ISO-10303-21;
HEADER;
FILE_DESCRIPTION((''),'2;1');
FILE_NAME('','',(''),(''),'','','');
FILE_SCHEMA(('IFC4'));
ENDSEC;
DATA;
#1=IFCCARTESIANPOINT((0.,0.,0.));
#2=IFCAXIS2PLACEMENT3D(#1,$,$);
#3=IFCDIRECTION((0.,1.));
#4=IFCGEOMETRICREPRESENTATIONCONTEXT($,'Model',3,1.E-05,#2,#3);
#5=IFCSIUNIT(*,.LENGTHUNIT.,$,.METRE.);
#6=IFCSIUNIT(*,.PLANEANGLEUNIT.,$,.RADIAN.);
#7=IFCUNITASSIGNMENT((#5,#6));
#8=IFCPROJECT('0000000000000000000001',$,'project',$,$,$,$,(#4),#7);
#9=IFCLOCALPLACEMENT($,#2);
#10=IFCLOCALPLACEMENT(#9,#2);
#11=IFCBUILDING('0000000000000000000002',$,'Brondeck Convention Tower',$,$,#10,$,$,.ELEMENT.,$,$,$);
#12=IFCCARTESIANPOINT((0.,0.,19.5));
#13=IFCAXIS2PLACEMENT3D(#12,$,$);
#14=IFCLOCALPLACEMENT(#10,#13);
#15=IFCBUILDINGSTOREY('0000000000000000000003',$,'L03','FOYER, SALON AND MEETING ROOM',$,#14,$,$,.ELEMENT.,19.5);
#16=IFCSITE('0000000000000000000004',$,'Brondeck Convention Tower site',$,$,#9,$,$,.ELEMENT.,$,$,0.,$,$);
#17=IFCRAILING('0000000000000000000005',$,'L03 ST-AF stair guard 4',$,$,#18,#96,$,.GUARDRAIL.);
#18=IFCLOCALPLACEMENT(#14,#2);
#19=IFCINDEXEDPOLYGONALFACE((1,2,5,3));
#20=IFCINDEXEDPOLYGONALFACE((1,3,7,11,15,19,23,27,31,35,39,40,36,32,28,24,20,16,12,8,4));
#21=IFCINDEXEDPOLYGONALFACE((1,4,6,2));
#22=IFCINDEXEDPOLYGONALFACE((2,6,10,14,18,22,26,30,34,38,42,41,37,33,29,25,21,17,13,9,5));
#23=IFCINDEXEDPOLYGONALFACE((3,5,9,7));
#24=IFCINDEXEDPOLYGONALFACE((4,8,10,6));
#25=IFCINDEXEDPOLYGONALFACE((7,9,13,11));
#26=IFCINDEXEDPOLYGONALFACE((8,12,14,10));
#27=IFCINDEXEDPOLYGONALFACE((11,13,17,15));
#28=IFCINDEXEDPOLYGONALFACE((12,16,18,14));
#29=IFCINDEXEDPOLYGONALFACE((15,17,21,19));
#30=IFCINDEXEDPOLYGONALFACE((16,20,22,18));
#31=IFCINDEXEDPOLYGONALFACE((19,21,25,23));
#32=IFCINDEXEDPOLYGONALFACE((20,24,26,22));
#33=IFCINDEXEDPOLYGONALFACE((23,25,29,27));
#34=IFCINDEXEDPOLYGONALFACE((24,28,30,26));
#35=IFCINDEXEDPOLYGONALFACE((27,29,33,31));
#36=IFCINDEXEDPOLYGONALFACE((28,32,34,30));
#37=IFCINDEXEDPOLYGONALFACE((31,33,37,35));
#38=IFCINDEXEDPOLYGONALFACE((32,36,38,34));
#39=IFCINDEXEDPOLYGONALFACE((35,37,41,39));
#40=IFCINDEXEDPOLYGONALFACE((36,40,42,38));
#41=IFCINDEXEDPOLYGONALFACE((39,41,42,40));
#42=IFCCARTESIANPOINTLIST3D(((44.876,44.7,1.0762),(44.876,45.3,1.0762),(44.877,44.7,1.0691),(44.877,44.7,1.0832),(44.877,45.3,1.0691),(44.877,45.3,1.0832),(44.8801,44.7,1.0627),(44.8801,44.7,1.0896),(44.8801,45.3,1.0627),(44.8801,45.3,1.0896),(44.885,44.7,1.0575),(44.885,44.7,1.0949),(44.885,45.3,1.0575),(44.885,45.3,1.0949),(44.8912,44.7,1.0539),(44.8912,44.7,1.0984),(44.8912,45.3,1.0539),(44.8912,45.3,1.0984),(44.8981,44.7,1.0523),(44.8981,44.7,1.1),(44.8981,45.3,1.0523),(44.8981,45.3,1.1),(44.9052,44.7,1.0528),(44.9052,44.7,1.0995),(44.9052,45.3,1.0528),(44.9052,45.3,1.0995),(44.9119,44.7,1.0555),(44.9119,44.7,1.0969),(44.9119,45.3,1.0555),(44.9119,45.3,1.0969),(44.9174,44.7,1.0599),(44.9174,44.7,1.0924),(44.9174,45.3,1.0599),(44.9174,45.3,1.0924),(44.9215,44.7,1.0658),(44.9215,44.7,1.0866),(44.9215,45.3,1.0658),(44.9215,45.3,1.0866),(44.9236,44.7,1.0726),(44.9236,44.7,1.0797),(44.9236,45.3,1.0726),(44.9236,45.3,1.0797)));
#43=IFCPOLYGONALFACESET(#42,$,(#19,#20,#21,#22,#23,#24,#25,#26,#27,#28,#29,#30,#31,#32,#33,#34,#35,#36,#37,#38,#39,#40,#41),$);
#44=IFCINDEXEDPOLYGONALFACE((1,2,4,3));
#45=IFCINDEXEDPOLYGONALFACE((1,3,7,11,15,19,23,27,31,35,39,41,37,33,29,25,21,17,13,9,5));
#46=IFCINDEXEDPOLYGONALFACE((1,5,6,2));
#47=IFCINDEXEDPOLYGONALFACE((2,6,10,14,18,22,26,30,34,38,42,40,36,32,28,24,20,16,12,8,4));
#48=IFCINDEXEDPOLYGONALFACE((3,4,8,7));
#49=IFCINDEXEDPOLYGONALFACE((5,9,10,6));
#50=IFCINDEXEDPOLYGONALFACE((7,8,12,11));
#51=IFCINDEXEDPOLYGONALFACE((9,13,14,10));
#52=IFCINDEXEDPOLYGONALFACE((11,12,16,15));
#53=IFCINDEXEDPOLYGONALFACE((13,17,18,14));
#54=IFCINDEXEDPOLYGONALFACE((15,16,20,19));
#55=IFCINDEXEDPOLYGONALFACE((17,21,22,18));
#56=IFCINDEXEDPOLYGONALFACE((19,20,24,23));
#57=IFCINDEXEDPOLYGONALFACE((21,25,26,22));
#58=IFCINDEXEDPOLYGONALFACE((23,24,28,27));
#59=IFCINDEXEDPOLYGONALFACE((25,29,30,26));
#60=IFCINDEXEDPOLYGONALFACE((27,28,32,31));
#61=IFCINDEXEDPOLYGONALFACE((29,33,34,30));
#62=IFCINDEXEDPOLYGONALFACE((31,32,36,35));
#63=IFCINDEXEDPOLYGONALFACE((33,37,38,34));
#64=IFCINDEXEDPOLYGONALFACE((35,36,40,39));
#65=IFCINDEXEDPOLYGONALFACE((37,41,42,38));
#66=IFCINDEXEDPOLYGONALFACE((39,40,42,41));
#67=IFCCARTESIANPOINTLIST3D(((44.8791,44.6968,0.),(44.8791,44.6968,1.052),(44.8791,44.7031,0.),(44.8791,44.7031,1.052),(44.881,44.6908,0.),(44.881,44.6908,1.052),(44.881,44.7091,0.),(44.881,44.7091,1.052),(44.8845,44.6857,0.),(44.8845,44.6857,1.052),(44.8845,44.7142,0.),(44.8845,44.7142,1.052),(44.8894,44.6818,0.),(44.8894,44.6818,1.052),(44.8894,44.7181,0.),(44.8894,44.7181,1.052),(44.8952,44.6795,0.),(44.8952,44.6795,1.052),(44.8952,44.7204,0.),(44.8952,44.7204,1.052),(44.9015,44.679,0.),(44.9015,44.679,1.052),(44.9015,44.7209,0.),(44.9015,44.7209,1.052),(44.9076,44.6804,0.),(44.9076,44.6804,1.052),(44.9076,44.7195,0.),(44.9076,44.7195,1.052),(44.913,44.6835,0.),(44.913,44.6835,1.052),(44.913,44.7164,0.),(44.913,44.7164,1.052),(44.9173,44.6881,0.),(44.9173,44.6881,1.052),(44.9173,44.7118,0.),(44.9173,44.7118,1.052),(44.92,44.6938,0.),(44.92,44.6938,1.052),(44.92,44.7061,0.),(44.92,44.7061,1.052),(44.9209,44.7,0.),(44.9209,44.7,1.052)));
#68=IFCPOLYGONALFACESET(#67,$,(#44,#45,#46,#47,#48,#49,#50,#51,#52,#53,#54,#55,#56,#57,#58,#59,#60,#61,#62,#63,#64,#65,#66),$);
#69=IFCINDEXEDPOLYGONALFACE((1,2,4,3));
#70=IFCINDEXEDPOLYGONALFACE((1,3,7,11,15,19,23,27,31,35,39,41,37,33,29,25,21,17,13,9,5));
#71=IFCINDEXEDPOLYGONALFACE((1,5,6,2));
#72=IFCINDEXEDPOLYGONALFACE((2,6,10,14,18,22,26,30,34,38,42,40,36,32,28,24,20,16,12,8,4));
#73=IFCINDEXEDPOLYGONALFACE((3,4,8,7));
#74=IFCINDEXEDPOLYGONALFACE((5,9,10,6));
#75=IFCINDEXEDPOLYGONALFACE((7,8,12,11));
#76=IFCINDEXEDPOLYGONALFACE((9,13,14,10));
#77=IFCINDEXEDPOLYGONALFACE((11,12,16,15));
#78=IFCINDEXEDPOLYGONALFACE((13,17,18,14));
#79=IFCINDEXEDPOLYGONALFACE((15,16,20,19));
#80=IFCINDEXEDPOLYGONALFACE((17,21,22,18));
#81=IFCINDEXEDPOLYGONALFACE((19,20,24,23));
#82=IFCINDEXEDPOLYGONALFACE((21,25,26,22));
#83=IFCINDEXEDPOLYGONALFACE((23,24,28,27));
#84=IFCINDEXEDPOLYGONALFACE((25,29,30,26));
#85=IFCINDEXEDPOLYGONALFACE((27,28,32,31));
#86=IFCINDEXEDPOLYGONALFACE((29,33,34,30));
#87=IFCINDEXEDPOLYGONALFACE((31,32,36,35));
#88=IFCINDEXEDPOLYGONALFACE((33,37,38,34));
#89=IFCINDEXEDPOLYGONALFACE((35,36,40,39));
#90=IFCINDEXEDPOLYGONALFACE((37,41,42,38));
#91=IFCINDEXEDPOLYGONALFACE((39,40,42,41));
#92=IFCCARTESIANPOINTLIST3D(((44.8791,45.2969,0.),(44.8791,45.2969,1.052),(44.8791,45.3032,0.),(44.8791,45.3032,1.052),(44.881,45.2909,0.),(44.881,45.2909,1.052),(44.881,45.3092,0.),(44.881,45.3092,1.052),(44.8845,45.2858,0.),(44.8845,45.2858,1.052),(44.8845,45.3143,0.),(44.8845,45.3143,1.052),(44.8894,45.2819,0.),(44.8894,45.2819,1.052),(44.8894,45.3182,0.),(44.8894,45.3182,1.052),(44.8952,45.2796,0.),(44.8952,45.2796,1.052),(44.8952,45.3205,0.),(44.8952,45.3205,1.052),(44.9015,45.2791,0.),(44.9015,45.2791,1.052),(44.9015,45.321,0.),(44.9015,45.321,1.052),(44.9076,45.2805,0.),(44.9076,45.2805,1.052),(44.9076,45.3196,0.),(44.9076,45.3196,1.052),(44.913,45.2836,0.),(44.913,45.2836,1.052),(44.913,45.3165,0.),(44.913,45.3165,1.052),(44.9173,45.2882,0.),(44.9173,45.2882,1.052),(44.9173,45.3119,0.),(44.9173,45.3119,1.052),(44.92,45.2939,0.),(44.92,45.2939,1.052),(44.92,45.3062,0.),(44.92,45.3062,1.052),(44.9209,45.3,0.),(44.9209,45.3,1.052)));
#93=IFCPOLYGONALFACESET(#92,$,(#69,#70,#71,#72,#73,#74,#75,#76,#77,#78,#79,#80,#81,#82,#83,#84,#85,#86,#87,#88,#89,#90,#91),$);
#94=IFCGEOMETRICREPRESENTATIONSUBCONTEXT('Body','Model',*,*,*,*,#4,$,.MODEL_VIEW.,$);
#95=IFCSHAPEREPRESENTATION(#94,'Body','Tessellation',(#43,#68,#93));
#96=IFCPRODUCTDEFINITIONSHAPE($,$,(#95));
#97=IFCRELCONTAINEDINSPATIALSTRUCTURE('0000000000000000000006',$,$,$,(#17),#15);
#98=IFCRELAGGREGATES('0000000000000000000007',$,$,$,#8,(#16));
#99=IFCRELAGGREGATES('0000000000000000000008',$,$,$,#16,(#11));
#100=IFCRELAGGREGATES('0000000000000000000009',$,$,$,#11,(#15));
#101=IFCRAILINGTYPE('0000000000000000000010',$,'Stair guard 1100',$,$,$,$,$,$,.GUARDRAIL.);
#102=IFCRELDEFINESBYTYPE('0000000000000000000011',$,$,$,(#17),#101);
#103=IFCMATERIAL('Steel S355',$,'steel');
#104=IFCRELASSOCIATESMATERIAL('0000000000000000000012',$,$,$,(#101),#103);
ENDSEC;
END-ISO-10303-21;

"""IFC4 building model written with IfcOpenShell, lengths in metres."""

from ifc_helpers import new_model, si_unit, direction, frame, origin, origin_2d, place, context, subcontext, project, spatial, circle, extrude, material, type_object, element, save


model = new_model("IFC4")

# Units and contexts
model_context = context("Model", 3, precision=1e-05, world=origin(), true_north=direction((0.0, 1.0)))
body_context = subcontext(model_context, "Body", "Model", "MODEL_VIEW")
ifc_project = project(units=[si_unit("LENGTHUNIT", "METRE"), si_unit("PLANEANGLEUNIT", "RADIAN")], contexts=[model_context])

# Site, building, storey
site_placement = place(None, origin())
site = spatial("IfcSite", under=ifc_project, at=site_placement, Name="Brondeck Convention Tower site", CompositionType="ELEMENT", RefElevation=0.0)
building_placement = place(site_placement, origin())
building = spatial("IfcBuilding", under=site, at=building_placement, Name="Brondeck Convention Tower", CompositionType="ELEMENT")
storey_placement = place(building_placement, frame((0.0, 0.0, 19.5)))
storey = spatial("IfcBuildingStorey", under=building, at=storey_placement, Name="L03", Description="FOYER, SALON AND MEETING ROOM", CompositionType="ELEMENT", Elevation=19.5)

# Shared definitions
ifc_material_1 = material(Name="Steel S355", Category="steel")

# Railing
railing_type_1 = type_object("IfcRailingType", Name="Stair guard 1100", PredefinedType="GUARDRAIL", material=ifc_material_1)
for number, where, name in (
    (1, (44.8999, 44.7, 0.0), "L03 ST-AF stair guard 4"),
):
    element("IfcRailing", number, at=place(storey_placement, frame(where)), inside=storey, type_object=railing_type_1, Name=name, PredefinedType="GUARDRAIL", context=body_context, shape_type="SweptSolid", body=[
        extrude(circle(Radius=0.0239, at=origin_2d()), frame((0.0, 0.0, 1.0762), z_axis=(0.0, 1.0, 0.0), x_axis=(-1.0, 0.0, 0.0)), (0.0, 0.0, 1.0), 0.6001),
        extrude(circle(Radius=0.021, at=origin_2d()), origin(), (0.0, 0.0, 1.0), 1.052),
        extrude(circle(Radius=0.021, at=origin_2d()), frame((0.0, 0.6001, 0.0)), (0.0, 0.0, 1.0), 1.052),
    ])

save(model, "model.ifc")
